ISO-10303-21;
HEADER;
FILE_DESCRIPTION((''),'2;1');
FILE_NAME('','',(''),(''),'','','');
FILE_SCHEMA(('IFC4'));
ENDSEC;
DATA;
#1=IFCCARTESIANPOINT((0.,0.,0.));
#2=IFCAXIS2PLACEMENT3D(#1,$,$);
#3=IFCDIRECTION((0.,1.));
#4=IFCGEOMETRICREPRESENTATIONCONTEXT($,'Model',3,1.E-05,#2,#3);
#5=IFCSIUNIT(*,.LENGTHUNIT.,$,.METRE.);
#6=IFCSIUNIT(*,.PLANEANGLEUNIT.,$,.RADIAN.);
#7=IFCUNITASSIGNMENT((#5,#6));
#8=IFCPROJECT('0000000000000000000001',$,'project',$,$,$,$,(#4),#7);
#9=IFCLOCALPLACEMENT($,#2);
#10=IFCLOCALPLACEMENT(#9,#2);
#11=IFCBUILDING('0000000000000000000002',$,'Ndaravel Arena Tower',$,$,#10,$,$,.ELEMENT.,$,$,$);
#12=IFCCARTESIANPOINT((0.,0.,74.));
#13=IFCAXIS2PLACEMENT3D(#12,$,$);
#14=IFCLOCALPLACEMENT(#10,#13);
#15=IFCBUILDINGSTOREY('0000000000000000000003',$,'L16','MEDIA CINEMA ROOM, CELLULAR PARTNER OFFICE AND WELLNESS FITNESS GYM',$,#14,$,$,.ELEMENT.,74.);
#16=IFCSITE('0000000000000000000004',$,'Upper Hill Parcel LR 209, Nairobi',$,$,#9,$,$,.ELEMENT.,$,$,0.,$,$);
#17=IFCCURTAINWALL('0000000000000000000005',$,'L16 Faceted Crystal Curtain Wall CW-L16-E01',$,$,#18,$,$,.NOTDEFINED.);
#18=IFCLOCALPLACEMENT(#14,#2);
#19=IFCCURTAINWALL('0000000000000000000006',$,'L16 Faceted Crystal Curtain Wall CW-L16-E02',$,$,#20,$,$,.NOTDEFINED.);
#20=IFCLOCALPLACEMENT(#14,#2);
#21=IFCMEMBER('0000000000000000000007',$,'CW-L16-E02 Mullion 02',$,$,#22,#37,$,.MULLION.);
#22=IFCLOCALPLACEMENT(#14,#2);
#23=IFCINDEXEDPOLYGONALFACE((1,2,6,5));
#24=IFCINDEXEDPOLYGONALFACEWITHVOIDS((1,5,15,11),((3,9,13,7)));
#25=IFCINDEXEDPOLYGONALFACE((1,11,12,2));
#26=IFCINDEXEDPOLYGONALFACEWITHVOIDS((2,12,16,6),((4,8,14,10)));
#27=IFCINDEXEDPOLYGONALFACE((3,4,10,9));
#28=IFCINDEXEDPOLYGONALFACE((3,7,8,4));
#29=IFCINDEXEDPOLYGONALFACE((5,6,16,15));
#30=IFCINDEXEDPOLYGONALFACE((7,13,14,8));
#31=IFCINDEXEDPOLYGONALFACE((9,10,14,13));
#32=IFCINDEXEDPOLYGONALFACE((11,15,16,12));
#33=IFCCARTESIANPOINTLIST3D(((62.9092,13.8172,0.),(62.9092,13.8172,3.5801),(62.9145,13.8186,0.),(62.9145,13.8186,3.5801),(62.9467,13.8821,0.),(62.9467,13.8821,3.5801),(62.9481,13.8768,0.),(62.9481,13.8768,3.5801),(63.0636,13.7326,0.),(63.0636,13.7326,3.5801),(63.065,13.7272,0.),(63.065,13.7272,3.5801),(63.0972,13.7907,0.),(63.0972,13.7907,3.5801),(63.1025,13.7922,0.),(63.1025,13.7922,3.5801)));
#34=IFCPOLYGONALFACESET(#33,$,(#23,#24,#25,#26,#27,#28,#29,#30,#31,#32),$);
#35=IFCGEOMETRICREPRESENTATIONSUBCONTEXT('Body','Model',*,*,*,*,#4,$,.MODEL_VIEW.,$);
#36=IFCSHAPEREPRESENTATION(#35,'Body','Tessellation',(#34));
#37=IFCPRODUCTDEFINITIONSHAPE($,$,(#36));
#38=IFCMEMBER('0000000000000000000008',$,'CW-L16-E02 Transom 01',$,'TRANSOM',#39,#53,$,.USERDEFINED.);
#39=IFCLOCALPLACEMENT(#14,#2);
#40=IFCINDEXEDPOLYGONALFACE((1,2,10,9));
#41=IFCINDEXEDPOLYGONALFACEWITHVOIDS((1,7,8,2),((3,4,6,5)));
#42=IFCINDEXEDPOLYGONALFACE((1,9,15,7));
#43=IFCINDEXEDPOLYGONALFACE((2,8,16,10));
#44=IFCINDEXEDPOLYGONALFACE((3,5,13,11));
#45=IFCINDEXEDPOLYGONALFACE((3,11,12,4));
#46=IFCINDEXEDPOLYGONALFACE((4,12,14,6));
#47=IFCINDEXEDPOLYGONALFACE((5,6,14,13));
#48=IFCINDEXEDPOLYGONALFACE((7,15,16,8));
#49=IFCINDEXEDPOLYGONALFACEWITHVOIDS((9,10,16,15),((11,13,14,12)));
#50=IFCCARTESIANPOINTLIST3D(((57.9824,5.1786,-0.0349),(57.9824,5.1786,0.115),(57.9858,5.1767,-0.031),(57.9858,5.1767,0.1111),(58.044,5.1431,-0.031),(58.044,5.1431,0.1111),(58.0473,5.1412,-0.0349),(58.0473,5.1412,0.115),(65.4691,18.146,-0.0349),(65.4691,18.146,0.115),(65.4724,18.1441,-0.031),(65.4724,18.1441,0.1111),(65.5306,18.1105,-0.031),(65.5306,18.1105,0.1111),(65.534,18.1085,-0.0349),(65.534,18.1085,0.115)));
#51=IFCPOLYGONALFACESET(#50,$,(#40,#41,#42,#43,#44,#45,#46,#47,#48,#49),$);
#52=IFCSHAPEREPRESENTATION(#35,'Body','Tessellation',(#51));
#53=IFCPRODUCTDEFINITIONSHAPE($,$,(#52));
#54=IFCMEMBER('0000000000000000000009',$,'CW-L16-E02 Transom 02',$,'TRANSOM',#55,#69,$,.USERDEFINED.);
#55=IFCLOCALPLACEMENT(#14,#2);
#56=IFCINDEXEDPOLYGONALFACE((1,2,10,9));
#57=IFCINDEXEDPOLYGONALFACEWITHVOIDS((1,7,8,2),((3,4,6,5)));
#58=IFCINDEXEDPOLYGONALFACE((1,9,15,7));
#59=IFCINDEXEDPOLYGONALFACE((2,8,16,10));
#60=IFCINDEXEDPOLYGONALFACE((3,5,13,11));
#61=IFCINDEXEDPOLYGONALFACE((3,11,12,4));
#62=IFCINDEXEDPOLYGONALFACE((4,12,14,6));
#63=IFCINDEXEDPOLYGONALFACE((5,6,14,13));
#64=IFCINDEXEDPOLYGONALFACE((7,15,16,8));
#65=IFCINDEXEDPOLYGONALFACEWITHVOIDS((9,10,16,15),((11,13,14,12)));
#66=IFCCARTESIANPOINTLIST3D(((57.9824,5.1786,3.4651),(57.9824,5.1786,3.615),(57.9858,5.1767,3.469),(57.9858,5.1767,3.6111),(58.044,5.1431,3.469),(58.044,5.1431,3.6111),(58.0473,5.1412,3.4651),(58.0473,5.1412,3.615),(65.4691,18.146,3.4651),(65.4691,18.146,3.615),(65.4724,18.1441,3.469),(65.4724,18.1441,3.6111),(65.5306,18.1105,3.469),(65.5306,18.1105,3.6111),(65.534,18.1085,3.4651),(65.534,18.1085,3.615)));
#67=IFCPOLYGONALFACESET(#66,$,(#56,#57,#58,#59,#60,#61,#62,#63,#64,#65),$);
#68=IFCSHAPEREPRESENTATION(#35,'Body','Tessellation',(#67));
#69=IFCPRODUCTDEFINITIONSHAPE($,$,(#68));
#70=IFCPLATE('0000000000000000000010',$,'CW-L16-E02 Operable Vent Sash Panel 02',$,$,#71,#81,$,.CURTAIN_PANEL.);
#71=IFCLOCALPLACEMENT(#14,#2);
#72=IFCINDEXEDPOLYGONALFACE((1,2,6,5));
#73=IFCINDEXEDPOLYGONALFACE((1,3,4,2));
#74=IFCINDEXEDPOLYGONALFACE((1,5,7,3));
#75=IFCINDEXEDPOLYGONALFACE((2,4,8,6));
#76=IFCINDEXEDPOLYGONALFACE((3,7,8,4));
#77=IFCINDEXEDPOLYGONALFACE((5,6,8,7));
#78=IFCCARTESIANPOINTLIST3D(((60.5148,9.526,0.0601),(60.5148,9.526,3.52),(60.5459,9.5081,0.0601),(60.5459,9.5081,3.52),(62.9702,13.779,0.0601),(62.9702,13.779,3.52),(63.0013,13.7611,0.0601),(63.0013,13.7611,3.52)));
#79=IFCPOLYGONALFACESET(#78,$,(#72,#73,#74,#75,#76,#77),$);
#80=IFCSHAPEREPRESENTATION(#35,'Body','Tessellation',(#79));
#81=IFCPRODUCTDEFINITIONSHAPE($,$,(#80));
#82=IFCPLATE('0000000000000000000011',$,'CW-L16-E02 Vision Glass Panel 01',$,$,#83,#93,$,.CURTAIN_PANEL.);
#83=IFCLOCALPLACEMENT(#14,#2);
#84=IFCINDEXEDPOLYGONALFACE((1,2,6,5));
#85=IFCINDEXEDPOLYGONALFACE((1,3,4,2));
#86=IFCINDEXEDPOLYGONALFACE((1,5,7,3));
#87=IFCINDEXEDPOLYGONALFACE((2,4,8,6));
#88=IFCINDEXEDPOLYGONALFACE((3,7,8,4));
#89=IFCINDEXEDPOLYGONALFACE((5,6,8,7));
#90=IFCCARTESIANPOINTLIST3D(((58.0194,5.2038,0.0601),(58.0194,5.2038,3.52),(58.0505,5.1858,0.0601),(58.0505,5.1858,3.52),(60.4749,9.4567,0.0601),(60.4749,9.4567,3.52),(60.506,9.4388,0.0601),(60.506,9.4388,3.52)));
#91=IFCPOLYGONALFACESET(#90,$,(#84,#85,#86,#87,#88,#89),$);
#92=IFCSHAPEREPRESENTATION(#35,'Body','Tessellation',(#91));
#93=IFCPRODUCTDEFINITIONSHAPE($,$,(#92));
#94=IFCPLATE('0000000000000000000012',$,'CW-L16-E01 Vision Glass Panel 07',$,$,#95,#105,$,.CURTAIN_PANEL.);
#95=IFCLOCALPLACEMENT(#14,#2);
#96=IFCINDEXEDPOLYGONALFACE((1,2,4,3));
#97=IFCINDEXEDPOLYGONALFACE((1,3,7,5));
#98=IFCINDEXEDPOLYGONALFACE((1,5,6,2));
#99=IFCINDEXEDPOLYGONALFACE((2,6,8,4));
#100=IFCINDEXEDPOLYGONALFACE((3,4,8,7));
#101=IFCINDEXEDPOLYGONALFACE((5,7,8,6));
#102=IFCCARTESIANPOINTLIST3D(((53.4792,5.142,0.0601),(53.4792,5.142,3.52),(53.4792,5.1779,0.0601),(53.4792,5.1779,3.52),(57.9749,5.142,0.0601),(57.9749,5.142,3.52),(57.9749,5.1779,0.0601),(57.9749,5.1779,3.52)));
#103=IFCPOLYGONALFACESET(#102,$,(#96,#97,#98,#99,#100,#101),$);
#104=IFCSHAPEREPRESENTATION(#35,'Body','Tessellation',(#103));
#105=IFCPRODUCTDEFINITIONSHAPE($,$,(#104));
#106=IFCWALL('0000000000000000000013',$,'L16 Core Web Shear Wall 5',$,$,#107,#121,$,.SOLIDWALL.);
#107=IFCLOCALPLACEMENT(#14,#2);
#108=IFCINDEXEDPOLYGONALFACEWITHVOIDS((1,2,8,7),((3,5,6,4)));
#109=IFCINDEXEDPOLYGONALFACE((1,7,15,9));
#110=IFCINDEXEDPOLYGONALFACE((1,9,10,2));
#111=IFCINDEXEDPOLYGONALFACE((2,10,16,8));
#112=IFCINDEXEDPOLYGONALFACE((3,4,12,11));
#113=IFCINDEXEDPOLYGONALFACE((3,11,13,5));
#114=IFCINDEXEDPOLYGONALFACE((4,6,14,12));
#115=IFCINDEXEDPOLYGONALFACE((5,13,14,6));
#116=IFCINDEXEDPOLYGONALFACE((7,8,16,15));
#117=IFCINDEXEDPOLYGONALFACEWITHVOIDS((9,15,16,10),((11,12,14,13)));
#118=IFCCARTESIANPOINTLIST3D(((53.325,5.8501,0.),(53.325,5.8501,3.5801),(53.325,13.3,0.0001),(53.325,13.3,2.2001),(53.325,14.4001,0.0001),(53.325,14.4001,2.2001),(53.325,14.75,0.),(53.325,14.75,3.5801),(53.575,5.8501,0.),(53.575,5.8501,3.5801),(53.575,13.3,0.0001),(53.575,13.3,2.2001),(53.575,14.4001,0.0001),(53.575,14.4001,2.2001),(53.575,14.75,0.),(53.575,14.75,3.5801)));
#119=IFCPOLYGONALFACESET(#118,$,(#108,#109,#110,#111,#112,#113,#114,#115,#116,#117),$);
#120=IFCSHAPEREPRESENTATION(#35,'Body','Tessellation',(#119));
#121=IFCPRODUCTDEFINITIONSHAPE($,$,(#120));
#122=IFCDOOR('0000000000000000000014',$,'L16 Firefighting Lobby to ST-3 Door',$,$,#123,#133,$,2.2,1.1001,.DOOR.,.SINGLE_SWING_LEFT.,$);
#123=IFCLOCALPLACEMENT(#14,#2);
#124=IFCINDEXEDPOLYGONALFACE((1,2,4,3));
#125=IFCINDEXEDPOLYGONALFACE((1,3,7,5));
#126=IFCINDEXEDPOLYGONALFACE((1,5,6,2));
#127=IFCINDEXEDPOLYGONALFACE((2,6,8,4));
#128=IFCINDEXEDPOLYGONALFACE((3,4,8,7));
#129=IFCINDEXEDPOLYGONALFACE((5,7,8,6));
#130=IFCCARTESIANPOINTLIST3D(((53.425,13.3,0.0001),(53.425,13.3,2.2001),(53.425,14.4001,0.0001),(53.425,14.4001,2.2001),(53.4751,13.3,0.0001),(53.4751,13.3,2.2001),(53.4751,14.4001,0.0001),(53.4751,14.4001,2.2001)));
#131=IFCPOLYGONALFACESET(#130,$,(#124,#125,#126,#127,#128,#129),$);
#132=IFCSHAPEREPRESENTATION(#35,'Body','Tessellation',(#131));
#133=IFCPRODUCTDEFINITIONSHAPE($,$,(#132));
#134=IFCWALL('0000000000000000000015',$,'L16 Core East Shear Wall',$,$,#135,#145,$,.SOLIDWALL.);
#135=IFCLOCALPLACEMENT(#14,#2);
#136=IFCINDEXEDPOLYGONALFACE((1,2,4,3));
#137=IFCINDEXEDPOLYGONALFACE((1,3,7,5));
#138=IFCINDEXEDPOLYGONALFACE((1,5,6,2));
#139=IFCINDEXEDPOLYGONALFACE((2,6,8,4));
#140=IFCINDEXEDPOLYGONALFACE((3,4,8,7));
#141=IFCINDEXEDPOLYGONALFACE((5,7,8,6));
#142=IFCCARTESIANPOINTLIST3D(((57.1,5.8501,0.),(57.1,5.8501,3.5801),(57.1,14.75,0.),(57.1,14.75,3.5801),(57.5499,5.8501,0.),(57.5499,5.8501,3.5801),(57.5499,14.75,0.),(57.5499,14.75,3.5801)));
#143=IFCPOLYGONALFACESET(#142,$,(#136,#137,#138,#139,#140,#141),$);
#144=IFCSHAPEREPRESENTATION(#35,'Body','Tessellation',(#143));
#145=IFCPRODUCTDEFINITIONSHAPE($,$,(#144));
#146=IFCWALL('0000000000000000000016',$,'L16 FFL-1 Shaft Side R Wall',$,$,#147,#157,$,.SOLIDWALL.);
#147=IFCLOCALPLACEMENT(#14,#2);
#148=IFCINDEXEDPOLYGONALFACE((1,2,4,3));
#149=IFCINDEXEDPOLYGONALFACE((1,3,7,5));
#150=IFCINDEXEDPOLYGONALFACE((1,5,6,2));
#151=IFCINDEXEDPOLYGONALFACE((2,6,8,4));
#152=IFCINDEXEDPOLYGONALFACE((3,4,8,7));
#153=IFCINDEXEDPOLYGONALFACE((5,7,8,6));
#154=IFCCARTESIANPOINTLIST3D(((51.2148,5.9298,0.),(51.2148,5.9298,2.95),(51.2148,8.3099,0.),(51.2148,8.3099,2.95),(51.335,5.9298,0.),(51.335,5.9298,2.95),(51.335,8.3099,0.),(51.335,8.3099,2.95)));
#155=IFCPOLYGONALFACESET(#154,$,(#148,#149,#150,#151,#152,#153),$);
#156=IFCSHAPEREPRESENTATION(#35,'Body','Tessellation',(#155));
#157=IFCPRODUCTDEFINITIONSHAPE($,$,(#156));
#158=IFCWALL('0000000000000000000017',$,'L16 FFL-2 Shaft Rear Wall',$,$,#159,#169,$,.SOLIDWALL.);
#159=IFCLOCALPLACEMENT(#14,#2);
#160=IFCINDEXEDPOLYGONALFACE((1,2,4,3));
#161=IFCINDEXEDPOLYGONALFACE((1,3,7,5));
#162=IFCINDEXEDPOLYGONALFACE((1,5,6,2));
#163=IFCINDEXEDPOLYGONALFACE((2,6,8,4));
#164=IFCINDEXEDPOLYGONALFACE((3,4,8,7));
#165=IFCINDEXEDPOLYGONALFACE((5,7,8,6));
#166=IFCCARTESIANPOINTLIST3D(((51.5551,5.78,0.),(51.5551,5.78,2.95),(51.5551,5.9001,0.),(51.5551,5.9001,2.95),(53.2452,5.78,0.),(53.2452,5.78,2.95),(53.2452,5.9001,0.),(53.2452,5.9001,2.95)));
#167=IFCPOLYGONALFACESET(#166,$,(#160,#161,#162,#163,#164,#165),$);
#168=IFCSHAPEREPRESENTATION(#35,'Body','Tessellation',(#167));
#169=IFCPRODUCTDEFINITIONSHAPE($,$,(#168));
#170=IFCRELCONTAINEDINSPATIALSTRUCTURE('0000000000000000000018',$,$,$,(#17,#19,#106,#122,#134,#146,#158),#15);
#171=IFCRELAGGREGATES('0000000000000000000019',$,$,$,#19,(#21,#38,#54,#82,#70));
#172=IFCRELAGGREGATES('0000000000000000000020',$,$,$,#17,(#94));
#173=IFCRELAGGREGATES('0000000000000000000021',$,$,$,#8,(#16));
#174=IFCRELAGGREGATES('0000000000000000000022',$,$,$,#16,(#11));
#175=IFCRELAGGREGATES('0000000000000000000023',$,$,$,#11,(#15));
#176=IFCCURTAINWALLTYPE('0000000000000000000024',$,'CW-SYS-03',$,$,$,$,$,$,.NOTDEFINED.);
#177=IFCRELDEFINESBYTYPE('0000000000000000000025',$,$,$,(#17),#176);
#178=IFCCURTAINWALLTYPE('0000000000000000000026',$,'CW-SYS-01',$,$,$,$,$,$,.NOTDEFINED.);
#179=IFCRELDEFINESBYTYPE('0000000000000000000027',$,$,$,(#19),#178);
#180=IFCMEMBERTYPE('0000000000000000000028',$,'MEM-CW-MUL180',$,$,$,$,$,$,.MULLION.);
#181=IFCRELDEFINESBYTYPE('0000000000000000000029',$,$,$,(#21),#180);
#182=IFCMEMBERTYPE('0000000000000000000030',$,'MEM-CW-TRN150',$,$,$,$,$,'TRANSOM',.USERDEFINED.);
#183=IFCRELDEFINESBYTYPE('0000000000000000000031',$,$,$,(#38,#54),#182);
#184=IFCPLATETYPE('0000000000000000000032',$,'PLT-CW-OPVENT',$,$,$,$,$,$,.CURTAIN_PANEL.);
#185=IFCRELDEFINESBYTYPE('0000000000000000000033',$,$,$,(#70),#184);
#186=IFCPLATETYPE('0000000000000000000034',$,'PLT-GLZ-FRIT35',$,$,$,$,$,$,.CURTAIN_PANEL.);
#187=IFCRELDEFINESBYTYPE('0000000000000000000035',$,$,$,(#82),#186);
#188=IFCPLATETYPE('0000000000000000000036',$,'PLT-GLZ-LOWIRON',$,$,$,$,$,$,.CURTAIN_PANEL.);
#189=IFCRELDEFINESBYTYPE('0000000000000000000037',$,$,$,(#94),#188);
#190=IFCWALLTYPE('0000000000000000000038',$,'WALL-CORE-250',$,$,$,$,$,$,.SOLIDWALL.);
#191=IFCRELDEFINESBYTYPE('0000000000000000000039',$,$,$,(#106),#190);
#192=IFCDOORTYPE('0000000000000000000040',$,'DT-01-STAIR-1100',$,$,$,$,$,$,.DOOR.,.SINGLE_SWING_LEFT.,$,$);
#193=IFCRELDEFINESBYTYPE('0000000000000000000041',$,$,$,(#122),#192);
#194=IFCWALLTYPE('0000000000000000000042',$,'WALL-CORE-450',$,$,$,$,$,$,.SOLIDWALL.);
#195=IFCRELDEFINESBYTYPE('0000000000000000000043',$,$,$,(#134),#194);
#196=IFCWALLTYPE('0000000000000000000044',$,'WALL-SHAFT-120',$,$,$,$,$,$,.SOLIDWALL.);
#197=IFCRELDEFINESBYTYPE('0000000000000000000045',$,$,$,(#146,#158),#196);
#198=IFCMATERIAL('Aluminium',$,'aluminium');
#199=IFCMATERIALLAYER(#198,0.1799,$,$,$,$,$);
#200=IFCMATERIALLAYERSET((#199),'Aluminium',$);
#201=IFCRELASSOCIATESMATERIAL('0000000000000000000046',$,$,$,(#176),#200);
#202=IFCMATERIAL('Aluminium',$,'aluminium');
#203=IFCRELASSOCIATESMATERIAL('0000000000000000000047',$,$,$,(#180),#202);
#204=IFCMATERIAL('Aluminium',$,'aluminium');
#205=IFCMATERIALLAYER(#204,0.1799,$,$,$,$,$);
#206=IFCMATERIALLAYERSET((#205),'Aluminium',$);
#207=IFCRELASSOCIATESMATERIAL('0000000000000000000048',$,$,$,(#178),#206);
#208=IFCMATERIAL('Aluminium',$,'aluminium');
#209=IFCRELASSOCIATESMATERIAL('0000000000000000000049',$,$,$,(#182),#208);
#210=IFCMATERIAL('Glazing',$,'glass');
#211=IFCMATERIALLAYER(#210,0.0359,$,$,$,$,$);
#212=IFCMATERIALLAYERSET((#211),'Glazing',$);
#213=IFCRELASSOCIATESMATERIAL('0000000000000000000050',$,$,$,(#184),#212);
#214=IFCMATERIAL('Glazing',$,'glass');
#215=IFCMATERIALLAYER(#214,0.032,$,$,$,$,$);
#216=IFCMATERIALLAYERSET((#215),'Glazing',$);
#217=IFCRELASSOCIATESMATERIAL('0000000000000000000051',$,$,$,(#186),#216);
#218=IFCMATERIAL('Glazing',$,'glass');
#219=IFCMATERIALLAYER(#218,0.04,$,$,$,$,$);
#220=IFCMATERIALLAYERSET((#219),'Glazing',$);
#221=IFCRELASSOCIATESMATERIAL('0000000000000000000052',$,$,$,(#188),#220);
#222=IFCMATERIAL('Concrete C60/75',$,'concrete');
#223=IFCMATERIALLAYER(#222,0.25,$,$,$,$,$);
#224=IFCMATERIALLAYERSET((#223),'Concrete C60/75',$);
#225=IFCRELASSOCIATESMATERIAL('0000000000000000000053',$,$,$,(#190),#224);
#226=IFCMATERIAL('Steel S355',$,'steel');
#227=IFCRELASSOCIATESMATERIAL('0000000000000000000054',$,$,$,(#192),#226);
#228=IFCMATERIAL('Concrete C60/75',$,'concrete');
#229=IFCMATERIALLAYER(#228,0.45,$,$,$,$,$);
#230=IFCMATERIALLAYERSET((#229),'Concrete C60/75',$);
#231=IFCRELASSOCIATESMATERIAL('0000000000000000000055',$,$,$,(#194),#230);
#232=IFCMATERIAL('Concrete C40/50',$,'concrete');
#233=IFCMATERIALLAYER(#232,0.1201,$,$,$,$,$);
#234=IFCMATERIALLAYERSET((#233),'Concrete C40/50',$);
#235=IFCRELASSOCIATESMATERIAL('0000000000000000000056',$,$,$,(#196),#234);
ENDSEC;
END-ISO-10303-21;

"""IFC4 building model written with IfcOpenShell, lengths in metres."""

from ifc_helpers import new_model, si_unit, direction, frame, frame_2d, origin, origin_2d, place, context, subcontext, project, spatial, rectangle, hollow_rectangle, extrude, material, layer, layer_set, material_profile, profile_set, type_object, element, fill, aggregate, save


model = new_model("IFC4")

# Units and contexts
model_context = context("Model", 3, precision=1e-05, world=origin(), true_north=direction((0.0, 1.0)))
body_context = subcontext(model_context, "Body", "Model", "MODEL_VIEW")
ifc_project = project(units=[si_unit("LENGTHUNIT", "METRE"), si_unit("PLANEANGLEUNIT", "RADIAN")], contexts=[model_context])

# Site, building, storey
site_placement = place(None, origin())
site = spatial("IfcSite", under=ifc_project, at=site_placement, Name="Upper Hill Parcel LR 209, Nairobi", CompositionType="ELEMENT", RefElevation=0.0)
building_placement = place(site_placement, origin())
building = spatial("IfcBuilding", under=site, at=building_placement, Name="Ndaravel Arena Tower", CompositionType="ELEMENT")
storey_placement = place(building_placement, frame((0.0, 0.0, 74.0)))
storey = spatial("IfcBuildingStorey", under=building, at=storey_placement, Name="L16", Description="MEDIA CINEMA ROOM, CELLULAR PARTNER OFFICE AND WELLNESS FITNESS GYM", CompositionType="ELEMENT", Elevation=74.0)

# Curtain wall
ifc_material_1 = material(Name="Aluminium", Category="aluminium")
ifc_layer_1 = layer(ifc_material_1, 0.1799)
ifc_layer_set_1 = layer_set([ifc_layer_1], Name="Aluminium")
curtain_wall_type_1 = type_object("IfcCurtainWallType", Name="CW-SYS-03", PredefinedType="NOTDEFINED", material=ifc_layer_set_1)
curtain_wall_1_placement = place(storey_placement, origin())
curtain_wall_1 = element("IfcCurtainWall", 1, at=curtain_wall_1_placement, inside=storey, type_object=curtain_wall_type_1, Name="L16 Faceted Crystal Curtain Wall CW-L16-E01", PredefinedType="NOTDEFINED")
ifc_material_2 = material(Name="Aluminium", Category="aluminium")
ifc_material_profile_1 = material_profile(ifc_material_2, hollow_rectangle(XDim=0.075, YDim=0.1799, WallThickness=0.0039, at=origin_2d()), Name="CW MULLION 75x180x4")
ifc_profile_set_1 = profile_set([ifc_material_profile_1], Name="Aluminium")
member_type_1 = type_object("IfcMemberType", Name="MEM-CW-MUL180", PredefinedType="MULLION", material=ifc_profile_set_1)

# Curtain wall, members, plates
ifc_material_3 = material(Name="Aluminium", Category="aluminium")
ifc_layer_2 = layer(ifc_material_3, 0.1799)
ifc_layer_set_2 = layer_set([ifc_layer_2], Name="Aluminium")
curtain_wall_type_2 = type_object("IfcCurtainWallType", Name="CW-SYS-01", PredefinedType="NOTDEFINED", material=ifc_layer_set_2)
curtain_wall_2_placement = place(storey_placement, origin())
curtain_wall_2 = element("IfcCurtainWall", 2, at=curtain_wall_2_placement, inside=storey, type_object=curtain_wall_type_2, Name="L16 Faceted Crystal Curtain Wall CW-L16-E02", PredefinedType="NOTDEFINED")
member_1_placement = place(storey_placement, frame((63.0059, 13.8047, 0.0), z_axis=(0.0, 0.0, 1.0), x_axis=(0.5, 0.866025, 0.0)))
member_1 = element("IfcMember", 3, at=member_1_placement, type_object=member_type_1, Name="CW-L16-E02 Mullion 02", PredefinedType="MULLION", context=body_context, shape_type="SweptSolid", body=[
    extrude(hollow_rectangle(XDim=0.075, YDim=0.1799, WallThickness=0.0039, at=origin_2d()), origin(), (0.0, 0.0, 1.0), 3.5801),
])
ifc_material_4 = material(Name="Aluminium", Category="aluminium")
ifc_material_profile_2 = material_profile(ifc_material_4, hollow_rectangle(XDim=0.075, YDim=0.1499, WallThickness=0.0039, at=origin_2d()), Name="CW TRANSOM 75x150x4")
ifc_profile_set_2 = profile_set([ifc_material_profile_2], Name="Aluminium")
member_type_2 = type_object("IfcMemberType", Name="MEM-CW-TRN150", ElementType="TRANSOM", PredefinedType="USERDEFINED", material=ifc_profile_set_2)
member_2_placement = place(storey_placement, frame((58.0149, 5.1599, 0.04), z_axis=(0.499995, 0.866028, 0.0), x_axis=(-0.866028, 0.499995, 0.0)))
member_2 = element("IfcMember", 4, at=member_2_placement, type_object=member_type_2, Name="CW-L16-E02 Transom 01", ObjectType="TRANSOM", PredefinedType="USERDEFINED", context=body_context, shape_type="SweptSolid", body=[
    extrude(hollow_rectangle(XDim=0.075, YDim=0.1499, WallThickness=0.0039, at=origin_2d()), origin(), (0.0, 0.0, 1.0), 14.9734),
])
member_3_placement = place(storey_placement, frame((58.0149, 5.1599, 3.54), z_axis=(0.499995, 0.866028, 0.0), x_axis=(-0.866028, 0.499995, 0.0)))
member_3 = element("IfcMember", 5, at=member_3_placement, type_object=member_type_2, Name="CW-L16-E02 Transom 02", ObjectType="TRANSOM", PredefinedType="USERDEFINED", context=body_context, shape_type="SweptSolid", body=[
    extrude(hollow_rectangle(XDim=0.075, YDim=0.1499, WallThickness=0.0039, at=origin_2d()), origin(), (0.0, 0.0, 1.0), 14.9734),
])
ifc_material_5 = material(Name="Glazing", Category="glass")
ifc_layer_3 = layer(ifc_material_5, 0.0359)
ifc_layer_set_3 = layer_set([ifc_layer_3], Name="Glazing")
plate_type_1 = type_object("IfcPlateType", Name="PLT-CW-OPVENT", PredefinedType="CURTAIN_PANEL", material=ifc_layer_set_3)
plate_1_placement = place(storey_placement, frame((61.7581, 11.6436, 0.0601), z_axis=(0.0, 0.0, 1.0), x_axis=(0.5, 0.866025, 0.0)))
plate_1 = element("IfcPlate", 6, at=plate_1_placement, type_object=plate_type_1, Name="CW-L16-E02 Operable Vent Sash Panel 02", PredefinedType="CURTAIN_PANEL", context=body_context, shape_type="SweptSolid", body=[
    extrude(rectangle(XDim=4.9109, YDim=0.0359, at=origin_2d()), origin(), (0.0, 0.0, 1.0), 3.46),
])
ifc_material_6 = material(Name="Glazing", Category="glass")
ifc_layer_4 = layer(ifc_material_6, 0.032)
ifc_layer_set_4 = layer_set([ifc_layer_4], Name="Glazing")
plate_type_2 = type_object("IfcPlateType", Name="PLT-GLZ-FRIT35", PredefinedType="CURTAIN_PANEL", material=ifc_layer_set_4)
plate_2_placement = place(storey_placement, frame((59.2627, 7.3213, 0.0601), z_axis=(0.0, 0.0, 1.0), x_axis=(0.5, 0.866025, 0.0)))
plate_2 = element("IfcPlate", 7, at=plate_2_placement, type_object=plate_type_2, Name="CW-L16-E02 Vision Glass Panel 01", PredefinedType="CURTAIN_PANEL", context=body_context, shape_type="SweptSolid", body=[
    extrude(rectangle(XDim=4.9109, YDim=0.0359, at=origin_2d()), origin(), (0.0, 0.0, 1.0), 3.46),
])
aggregate(curtain_wall_2, [member_1, member_2, member_3, plate_2, plate_1])

# Plate
ifc_material_7 = material(Name="Glazing", Category="glass")
ifc_layer_5 = layer(ifc_material_7, 0.04)
ifc_layer_set_5 = layer_set([ifc_layer_5], Name="Glazing")
plate_type_3 = type_object("IfcPlateType", Name="PLT-GLZ-LOWIRON", PredefinedType="CURTAIN_PANEL", material=ifc_layer_set_5)
plate_3_placement = place(storey_placement, frame((55.7271, 5.1599, 0.0601), z_axis=(0.0, 0.0, 1.0), x_axis=(1.0, 0.0, 0.0)))
plate_3 = element("IfcPlate", 8, at=plate_3_placement, type_object=plate_type_3, Name="CW-L16-E01 Vision Glass Panel 07", PredefinedType="CURTAIN_PANEL", context=body_context, shape_type="SweptSolid", body=[
    extrude(rectangle(XDim=4.4956, YDim=0.0359, at=origin_2d()), origin(), (0.0, 0.0, 1.0), 3.46),
])
aggregate(curtain_wall_1, [plate_3])

# Wall, opening, door
ifc_material_8 = material(Name="Concrete C60/75", Category="concrete")
ifc_layer_6 = layer(ifc_material_8, 0.25)
ifc_layer_set_6 = layer_set([ifc_layer_6], Name="Concrete C60/75")
wall_type_1 = type_object("IfcWallType", Name="WALL-CORE-250", PredefinedType="SOLIDWALL", material=ifc_layer_set_6)
wall_1_placement = place(storey_placement, frame((53.45, 5.8501, 0.0), z_axis=(0.0, 0.0, 1.0), x_axis=(0.0, 1.0, 0.0)))
wall_1 = element("IfcWall", 9, at=wall_1_placement, inside=storey, type_object=wall_type_1, Name="L16 Core Web Shear Wall 5", PredefinedType="SOLIDWALL", context=body_context, shape_type="SweptSolid", body=[
    extrude(rectangle(XDim=8.8999, YDim=0.25, at=frame_2d((4.45, 0.0))), origin(), (0.0, 0.0, 1.0), 3.5801),
])
opening_1_placement = place(wall_1_placement, frame((7.45, 0.0, 0.0)))
opening_1 = element("IfcOpeningElement", 10, at=opening_1_placement, cuts=wall_1, PredefinedType="OPENING", context=body_context, shape_type="SweptSolid", body=[
    extrude(rectangle(XDim=1.1001, YDim=2.2, at=frame_2d((0.55, 1.1001))), frame((0.0, 0.125, 0.0), z_axis=(0.0, -1.0, 0.0), x_axis=(1.0, 0.0, 0.0)), (0.0, 0.0, 1.0), 0.25),
])
ifc_material_9 = material(Name="Steel S355", Category="steel")
door_type_1 = type_object("IfcDoorType", Name="DT-01-STAIR-1100", OperationType="SINGLE_SWING_LEFT", PredefinedType="DOOR", material=ifc_material_9)
door_1_placement = place(opening_1_placement, origin())
door_1 = element("IfcDoor", 11, at=door_1_placement, inside=storey, type_object=door_type_1, Name="L16 Firefighting Lobby to ST-3 Door", OperationType="SINGLE_SWING_LEFT", OverallHeight=2.2, OverallWidth=1.1001, PredefinedType="DOOR", context=body_context, shape_type="SweptSolid", body=[
    extrude(rectangle(XDim=1.1001, YDim=2.2, at=frame_2d((0.55, 1.1001))), frame((0.0, 0.0249, 0.0), z_axis=(0.0, -1.0, 0.0), x_axis=(1.0, 0.0, 0.0)), (0.0, 0.0, 1.0), 0.05),
])
fill(opening_1, door_1)

# Walls
ifc_material_10 = material(Name="Concrete C60/75", Category="concrete")
ifc_layer_7 = layer(ifc_material_10, 0.45)
ifc_layer_set_7 = layer_set([ifc_layer_7], Name="Concrete C60/75")
wall_type_2 = type_object("IfcWallType", Name="WALL-CORE-450", PredefinedType="SOLIDWALL", material=ifc_layer_set_7)
wall_2_placement = place(storey_placement, frame((57.325, 5.8501, 0.0), z_axis=(0.0, 0.0, 1.0), x_axis=(0.0, 1.0, 0.0)))
element("IfcWall", 12, at=wall_2_placement, inside=storey, type_object=wall_type_2, Name="L16 Core East Shear Wall", PredefinedType="SOLIDWALL", context=body_context, shape_type="SweptSolid", body=[
    extrude(rectangle(XDim=8.8999, YDim=0.45, at=frame_2d((4.45, 0.0))), origin(), (0.0, 0.0, 1.0), 3.5801),
])
ifc_material_11 = material(Name="Concrete C40/50", Category="concrete")
ifc_layer_8 = layer(ifc_material_11, 0.1201)
ifc_layer_set_8 = layer_set([ifc_layer_8], Name="Concrete C40/50")
wall_type_3 = type_object("IfcWallType", Name="WALL-SHAFT-120", PredefinedType="SOLIDWALL", material=ifc_layer_set_8)
wall_3_placement = place(storey_placement, frame((51.2749, 5.9299, 0.0), z_axis=(0.0, 0.0, 1.0), x_axis=(0.0, 1.0, 0.0)))
element("IfcWall", 13, at=wall_3_placement, inside=storey, type_object=wall_type_3, Name="L16 FFL-1 Shaft Side R Wall", PredefinedType="SOLIDWALL", context=body_context, shape_type="SweptSolid", body=[
    extrude(rectangle(XDim=2.3801, YDim=0.1201, at=frame_2d((1.1899, 0.0))), origin(), (0.0, 0.0, 1.0), 2.95),
])
wall_4_placement = place(storey_placement, frame((51.5549, 5.8401, 0.0), z_axis=(0.0, 0.0, 1.0), x_axis=(1.0, 0.0, 0.0)))
element("IfcWall", 14, at=wall_4_placement, inside=storey, type_object=wall_type_3, Name="L16 FFL-2 Shaft Rear Wall", PredefinedType="SOLIDWALL", context=body_context, shape_type="SweptSolid", body=[
    extrude(rectangle(XDim=1.6902, YDim=0.1201, at=frame_2d((0.8452, 0.0))), origin(), (0.0, 0.0, 1.0), 2.95),
])

save(model, "model.ifc")
